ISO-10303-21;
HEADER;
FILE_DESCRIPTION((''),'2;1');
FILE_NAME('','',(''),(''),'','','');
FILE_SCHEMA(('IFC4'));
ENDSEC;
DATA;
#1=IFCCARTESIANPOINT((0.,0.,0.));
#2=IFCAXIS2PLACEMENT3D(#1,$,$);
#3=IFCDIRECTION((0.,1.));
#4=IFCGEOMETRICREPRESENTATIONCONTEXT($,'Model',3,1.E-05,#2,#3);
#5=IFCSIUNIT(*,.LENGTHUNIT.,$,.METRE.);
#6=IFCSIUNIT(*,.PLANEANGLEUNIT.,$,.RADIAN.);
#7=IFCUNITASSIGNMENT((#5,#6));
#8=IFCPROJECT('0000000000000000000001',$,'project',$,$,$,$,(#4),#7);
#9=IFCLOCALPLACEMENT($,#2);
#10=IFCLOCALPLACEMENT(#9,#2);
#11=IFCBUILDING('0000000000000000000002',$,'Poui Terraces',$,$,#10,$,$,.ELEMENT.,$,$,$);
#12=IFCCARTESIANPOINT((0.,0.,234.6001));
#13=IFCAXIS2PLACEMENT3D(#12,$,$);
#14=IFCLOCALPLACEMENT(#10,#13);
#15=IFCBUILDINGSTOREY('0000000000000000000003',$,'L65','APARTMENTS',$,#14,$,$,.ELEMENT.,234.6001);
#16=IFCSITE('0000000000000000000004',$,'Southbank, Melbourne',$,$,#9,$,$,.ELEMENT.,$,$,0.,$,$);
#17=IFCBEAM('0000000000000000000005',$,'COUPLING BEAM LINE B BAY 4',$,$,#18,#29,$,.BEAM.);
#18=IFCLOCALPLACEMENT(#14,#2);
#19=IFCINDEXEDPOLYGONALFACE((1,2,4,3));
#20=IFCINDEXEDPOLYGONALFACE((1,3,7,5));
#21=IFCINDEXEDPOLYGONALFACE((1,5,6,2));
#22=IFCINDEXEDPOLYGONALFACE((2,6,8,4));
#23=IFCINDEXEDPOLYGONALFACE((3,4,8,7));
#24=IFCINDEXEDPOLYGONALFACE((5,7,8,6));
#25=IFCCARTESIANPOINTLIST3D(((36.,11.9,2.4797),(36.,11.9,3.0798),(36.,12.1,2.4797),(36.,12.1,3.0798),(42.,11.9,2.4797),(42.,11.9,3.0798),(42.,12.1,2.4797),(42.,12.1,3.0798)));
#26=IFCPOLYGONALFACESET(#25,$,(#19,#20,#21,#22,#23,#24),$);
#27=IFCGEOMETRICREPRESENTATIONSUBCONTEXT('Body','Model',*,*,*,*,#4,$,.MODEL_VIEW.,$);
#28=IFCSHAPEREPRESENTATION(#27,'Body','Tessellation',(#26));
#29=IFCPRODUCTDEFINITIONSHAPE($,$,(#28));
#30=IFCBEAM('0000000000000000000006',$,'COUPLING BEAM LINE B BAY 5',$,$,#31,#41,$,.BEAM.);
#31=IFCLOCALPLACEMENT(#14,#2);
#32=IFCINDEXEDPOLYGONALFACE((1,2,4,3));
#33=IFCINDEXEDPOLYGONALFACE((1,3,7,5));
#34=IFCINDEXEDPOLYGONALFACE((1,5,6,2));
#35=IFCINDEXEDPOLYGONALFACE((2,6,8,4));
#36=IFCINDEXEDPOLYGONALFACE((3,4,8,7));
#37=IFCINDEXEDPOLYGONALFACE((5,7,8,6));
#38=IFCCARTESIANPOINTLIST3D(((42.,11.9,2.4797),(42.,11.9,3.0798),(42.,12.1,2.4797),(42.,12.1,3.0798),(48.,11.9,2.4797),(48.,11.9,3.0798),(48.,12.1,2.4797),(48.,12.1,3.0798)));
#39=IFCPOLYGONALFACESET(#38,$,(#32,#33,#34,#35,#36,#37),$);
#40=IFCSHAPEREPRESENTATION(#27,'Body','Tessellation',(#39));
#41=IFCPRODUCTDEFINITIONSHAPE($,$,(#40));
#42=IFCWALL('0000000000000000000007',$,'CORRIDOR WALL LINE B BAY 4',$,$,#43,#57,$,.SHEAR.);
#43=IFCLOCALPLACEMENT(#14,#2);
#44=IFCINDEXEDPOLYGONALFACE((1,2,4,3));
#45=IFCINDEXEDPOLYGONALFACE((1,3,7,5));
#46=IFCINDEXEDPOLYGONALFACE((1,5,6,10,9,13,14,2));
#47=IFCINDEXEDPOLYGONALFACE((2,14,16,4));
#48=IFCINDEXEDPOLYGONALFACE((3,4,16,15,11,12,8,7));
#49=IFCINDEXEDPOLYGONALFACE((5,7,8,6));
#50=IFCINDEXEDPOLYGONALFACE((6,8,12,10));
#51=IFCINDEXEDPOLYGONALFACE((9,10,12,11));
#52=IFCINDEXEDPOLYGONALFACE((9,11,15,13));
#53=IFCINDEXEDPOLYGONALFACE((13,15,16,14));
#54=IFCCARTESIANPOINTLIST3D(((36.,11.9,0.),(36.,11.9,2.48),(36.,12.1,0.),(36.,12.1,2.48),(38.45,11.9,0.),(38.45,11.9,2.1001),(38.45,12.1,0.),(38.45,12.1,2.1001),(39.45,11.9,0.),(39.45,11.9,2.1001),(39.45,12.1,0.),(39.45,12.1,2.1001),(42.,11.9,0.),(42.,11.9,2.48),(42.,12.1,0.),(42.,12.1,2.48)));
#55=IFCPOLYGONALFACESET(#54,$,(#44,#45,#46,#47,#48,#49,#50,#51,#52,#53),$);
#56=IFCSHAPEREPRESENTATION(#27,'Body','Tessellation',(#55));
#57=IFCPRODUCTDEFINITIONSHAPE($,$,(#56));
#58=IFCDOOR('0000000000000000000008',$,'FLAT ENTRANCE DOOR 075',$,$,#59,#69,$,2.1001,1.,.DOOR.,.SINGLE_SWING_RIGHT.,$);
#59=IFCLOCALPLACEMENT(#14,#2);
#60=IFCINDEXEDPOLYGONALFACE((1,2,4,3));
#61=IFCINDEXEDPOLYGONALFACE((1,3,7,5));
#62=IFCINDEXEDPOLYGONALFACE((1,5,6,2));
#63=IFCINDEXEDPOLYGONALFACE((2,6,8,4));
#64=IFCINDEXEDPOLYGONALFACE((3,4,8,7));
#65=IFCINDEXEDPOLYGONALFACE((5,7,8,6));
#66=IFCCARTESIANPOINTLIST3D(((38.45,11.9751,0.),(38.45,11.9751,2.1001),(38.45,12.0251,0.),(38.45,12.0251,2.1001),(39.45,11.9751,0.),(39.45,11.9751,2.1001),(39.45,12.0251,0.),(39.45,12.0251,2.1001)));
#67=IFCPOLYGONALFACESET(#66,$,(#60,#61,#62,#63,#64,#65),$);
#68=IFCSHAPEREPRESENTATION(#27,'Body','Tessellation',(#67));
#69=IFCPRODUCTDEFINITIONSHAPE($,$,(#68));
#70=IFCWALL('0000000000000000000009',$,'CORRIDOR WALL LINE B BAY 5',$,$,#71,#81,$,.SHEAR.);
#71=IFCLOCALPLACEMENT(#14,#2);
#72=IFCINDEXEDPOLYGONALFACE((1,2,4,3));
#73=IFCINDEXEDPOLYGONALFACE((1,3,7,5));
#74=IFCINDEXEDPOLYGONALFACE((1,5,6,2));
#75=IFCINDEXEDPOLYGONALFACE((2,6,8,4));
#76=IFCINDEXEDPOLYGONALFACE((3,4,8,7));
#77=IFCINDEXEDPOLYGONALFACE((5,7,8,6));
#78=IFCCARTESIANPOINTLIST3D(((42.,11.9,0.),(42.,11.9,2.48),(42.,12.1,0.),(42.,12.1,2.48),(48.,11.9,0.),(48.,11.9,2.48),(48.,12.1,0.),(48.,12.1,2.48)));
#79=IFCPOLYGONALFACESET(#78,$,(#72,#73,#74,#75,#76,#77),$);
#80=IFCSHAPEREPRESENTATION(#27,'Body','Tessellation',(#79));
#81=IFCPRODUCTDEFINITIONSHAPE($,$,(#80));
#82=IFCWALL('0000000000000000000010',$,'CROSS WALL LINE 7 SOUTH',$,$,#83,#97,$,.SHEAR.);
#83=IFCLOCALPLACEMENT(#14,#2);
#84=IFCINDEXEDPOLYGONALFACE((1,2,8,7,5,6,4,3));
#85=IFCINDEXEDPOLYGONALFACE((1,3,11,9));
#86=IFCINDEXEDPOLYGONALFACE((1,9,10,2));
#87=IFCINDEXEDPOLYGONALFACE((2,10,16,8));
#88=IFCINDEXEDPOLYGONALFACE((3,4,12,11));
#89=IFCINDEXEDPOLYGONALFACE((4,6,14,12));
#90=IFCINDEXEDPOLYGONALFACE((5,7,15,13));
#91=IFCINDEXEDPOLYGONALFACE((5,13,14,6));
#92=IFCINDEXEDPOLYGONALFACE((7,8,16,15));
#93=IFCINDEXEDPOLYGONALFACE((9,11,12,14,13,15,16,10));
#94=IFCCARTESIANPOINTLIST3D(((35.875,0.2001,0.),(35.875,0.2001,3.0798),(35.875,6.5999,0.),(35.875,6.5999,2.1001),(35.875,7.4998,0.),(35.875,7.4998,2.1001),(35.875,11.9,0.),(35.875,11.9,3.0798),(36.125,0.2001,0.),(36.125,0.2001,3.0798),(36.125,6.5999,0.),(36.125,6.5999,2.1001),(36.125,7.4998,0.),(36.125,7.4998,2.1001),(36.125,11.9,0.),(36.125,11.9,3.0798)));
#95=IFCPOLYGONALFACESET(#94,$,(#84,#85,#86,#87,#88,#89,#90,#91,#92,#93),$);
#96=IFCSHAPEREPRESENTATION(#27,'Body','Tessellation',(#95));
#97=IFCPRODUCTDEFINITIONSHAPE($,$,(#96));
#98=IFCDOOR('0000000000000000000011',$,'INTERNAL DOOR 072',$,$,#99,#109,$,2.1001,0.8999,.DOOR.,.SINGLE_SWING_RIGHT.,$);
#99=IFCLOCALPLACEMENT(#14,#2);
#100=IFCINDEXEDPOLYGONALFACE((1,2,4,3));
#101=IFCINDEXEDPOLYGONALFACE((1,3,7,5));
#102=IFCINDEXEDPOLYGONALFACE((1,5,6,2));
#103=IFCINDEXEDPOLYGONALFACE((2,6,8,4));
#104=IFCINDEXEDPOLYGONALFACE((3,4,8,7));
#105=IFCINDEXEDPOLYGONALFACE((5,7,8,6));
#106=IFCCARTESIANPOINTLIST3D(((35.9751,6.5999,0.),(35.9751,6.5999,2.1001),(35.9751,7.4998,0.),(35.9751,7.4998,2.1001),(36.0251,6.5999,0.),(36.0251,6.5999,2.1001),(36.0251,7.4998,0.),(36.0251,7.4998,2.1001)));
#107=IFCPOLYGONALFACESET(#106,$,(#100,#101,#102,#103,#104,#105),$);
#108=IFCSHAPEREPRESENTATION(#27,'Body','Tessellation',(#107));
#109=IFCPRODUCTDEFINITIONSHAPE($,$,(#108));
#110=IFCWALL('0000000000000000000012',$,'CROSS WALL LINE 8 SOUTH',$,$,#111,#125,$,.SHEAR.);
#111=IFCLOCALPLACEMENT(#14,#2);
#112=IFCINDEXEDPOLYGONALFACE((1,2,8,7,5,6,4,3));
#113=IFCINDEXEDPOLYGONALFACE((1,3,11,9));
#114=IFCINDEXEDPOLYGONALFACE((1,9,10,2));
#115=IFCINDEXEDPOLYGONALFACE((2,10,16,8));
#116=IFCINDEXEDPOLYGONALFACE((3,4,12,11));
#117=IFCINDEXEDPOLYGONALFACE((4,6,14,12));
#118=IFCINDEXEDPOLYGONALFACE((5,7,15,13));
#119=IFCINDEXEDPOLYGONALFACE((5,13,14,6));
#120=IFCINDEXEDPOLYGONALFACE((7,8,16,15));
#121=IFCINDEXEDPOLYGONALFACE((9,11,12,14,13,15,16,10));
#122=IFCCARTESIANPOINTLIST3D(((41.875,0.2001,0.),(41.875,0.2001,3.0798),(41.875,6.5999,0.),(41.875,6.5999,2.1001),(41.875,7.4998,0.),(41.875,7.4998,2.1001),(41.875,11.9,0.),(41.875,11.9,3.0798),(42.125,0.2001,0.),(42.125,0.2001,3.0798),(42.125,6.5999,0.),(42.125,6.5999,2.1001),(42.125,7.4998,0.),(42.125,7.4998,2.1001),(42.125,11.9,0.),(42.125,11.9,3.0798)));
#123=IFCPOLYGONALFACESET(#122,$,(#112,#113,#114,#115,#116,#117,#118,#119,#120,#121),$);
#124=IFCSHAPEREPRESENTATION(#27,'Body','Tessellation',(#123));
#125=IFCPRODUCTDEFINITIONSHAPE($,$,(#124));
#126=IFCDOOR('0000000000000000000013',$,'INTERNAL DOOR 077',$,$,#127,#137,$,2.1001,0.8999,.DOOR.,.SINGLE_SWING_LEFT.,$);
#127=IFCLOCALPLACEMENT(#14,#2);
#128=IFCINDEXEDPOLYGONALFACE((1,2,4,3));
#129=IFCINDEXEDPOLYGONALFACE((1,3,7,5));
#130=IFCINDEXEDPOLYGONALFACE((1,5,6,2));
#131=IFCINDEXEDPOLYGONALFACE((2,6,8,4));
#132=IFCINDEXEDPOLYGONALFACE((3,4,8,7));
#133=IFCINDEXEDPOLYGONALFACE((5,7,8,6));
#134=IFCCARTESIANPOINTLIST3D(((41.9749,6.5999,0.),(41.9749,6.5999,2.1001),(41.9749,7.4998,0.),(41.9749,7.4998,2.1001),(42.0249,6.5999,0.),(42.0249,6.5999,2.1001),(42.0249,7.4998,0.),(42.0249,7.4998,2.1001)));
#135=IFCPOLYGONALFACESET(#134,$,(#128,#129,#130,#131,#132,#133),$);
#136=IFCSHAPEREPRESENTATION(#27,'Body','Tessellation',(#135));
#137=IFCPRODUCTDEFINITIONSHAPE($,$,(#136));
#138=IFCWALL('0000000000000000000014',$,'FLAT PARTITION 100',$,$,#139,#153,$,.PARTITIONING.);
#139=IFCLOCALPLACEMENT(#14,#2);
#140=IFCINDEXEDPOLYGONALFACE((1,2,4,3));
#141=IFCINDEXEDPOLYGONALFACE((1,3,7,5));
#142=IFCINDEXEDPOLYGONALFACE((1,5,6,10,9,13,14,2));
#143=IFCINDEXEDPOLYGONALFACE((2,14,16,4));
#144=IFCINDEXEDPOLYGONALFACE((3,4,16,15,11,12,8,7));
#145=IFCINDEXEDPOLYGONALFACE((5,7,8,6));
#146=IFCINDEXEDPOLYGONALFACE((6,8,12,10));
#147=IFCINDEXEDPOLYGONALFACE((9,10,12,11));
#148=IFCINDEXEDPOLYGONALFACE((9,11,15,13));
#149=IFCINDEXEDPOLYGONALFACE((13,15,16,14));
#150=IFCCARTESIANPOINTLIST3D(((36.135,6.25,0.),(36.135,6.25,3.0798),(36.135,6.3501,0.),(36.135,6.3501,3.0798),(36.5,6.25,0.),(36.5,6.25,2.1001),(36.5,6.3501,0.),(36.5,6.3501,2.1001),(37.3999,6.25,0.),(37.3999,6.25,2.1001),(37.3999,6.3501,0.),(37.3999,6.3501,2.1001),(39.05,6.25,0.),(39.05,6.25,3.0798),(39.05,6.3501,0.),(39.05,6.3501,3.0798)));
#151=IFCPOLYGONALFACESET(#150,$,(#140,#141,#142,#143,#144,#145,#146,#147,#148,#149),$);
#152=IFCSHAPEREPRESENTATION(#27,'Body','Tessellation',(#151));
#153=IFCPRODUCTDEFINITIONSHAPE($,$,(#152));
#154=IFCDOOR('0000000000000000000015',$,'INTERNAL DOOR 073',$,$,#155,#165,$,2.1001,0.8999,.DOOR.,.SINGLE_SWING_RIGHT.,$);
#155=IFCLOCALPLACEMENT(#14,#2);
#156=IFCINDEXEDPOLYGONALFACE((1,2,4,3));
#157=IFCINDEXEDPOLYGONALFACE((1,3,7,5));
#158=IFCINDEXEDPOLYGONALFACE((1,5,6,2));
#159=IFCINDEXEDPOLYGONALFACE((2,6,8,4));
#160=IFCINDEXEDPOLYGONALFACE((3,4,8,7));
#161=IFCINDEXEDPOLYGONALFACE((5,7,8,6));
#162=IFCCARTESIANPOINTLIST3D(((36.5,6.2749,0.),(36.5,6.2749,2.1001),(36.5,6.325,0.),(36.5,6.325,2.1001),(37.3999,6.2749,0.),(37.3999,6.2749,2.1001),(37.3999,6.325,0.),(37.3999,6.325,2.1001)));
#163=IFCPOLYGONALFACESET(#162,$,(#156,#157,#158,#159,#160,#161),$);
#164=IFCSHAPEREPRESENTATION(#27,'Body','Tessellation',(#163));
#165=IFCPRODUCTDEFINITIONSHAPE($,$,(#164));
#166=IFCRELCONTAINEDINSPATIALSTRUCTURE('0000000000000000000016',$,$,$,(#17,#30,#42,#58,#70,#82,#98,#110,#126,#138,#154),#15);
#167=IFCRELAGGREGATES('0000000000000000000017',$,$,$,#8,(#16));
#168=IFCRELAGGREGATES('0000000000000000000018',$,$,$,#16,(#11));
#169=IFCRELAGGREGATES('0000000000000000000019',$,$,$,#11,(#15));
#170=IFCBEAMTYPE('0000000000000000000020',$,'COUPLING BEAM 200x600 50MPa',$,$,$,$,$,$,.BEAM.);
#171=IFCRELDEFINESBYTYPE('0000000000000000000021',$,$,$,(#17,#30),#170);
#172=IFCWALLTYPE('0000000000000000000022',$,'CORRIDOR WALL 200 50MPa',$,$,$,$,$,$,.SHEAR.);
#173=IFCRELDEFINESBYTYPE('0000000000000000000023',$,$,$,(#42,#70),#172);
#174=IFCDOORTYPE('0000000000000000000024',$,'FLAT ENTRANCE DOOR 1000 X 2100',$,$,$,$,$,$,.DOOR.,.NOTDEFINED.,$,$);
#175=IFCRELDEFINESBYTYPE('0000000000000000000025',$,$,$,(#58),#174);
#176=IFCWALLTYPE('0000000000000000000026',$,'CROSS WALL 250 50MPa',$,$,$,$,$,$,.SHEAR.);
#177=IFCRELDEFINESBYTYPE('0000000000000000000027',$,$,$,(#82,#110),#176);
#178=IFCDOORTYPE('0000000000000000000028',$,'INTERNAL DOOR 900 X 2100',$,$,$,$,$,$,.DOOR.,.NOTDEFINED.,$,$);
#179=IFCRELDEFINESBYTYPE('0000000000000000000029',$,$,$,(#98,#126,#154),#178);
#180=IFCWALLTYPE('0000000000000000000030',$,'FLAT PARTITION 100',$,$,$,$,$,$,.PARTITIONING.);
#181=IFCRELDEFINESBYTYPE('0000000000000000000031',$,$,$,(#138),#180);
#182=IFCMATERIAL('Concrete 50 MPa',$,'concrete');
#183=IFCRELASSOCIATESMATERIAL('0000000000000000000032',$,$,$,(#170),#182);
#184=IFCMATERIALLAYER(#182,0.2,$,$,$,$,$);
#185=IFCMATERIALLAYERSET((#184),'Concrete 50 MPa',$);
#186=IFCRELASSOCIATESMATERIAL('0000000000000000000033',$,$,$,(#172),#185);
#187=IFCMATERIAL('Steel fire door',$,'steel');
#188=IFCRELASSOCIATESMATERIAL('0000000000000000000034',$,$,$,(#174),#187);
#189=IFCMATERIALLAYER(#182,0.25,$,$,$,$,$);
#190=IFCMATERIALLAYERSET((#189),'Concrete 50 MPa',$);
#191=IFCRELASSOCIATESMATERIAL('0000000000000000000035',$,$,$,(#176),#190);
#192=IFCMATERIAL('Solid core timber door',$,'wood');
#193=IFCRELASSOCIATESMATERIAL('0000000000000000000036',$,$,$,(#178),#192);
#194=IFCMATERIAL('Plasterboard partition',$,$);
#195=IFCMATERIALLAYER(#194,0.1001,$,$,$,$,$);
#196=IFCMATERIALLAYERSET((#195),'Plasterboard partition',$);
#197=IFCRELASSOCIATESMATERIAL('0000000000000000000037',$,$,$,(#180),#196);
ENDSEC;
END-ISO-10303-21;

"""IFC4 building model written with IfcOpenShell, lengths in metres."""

from ifc_helpers import new_model, si_unit, direction, frame, frame_2d, origin, origin_2d, place, context, subcontext, project, spatial, rectangle, extrude, source, transform, mapped, material, layer, layer_set, material_profile, profile_set, type_object, element, fill, save


model = new_model("IFC4")

# Units and contexts
model_context = context("Model", 3, precision=1e-05, world=origin(), true_north=direction((0.0, 1.0)))
body_context = subcontext(model_context, "Body", "Model", "MODEL_VIEW")
ifc_project = project(units=[si_unit("LENGTHUNIT", "METRE"), si_unit("PLANEANGLEUNIT", "RADIAN")], contexts=[model_context])

# Site, building, storey
site_placement = place(None, origin())
site = spatial("IfcSite", under=ifc_project, at=site_placement, Name="Southbank, Melbourne", CompositionType="ELEMENT", RefElevation=0.0)
building_placement = place(site_placement, origin())
building = spatial("IfcBuilding", under=site, at=building_placement, Name="Poui Terraces", CompositionType="ELEMENT")
storey_placement = place(building_placement, frame((0.0, 0.0, 234.6001)))
storey = spatial("IfcBuildingStorey", under=building, at=storey_placement, Name="L65", Description="APARTMENTS", CompositionType="ELEMENT", Elevation=234.6001)

# Beams
ifc_material_1 = material(Name="Concrete 50 MPa", Category="concrete")
ifc_material_profile_1 = material_profile(ifc_material_1, rectangle(XDim=0.2, YDim=0.6001, at=origin_2d()), Name="RC 200x600")
ifc_profile_set_1 = profile_set([ifc_material_profile_1], Name="Concrete 50 MPa")
beam_type = type_object("IfcBeamType", Name="COUPLING BEAM 200x600 50MPa", PredefinedType="BEAM", material=ifc_profile_set_1)
shared_shape_1 = source(origin(), body_context, "Body", "SweptSolid", [
    extrude(rectangle(XDim=0.2, YDim=0.6001, at=origin_2d()), origin(), (0.0, 0.0, 1.0), 6.0),
])
for number, where, z_axis, x_axis, name in (
    (1, (36.0, 12.0, 2.7798), (1.0, 0.0, 0.0), (0.0, 1.0, 0.0), "COUPLING BEAM LINE B BAY 4"),
    (2, (42.0, 12.0, 2.7798), (1.0, 0.0, 0.0), (0.0, 1.0, 0.0), "COUPLING BEAM LINE B BAY 5"),
):
    element("IfcBeam", number, at=place(storey_placement, frame(where, z_axis=z_axis, x_axis=x_axis)), inside=storey, type_object=beam_type, Name=name, PredefinedType="BEAM", context=body_context, shape_type="MappedRepresentation", body=[
        mapped(shared_shape_1, transform((0.0, 0.0, 0.0))),
    ])

# Wall, opening, door
ifc_layer_1 = layer(ifc_material_1, 0.2)
ifc_layer_set_1 = layer_set([ifc_layer_1], Name="Concrete 50 MPa")
wall_type_1 = type_object("IfcWallType", Name="CORRIDOR WALL 200 50MPa", PredefinedType="SHEAR", material=ifc_layer_set_1)
wall_1_placement = place(storey_placement, frame((36.0, 12.0, 0.0), z_axis=(0.0, 0.0, 1.0), x_axis=(1.0, 0.0, 0.0)))
wall_1 = element("IfcWall", 3, at=wall_1_placement, inside=storey, type_object=wall_type_1, Name="CORRIDOR WALL LINE B BAY 4", PredefinedType="SHEAR", context=body_context, shape_type="SweptSolid", body=[
    extrude(rectangle(XDim=6.0, YDim=0.2, at=frame_2d((3.0, 0.0))), origin(), (0.0, 0.0, 1.0), 2.48),
])
opening_1_placement = place(wall_1_placement, frame((2.45, 0.0, 0.0)))
opening_1 = element("IfcOpeningElement", 4, at=opening_1_placement, cuts=wall_1, PredefinedType="OPENING", context=body_context, shape_type="SweptSolid", body=[
    extrude(rectangle(XDim=1.0, YDim=2.1001, at=frame_2d((0.5, 1.05))), frame((0.0, 0.1099, 0.0), z_axis=(0.0, -1.0, 0.0), x_axis=(1.0, 0.0, 0.0)), (0.0, 0.0, 1.0), 0.22),
])
ifc_material_2 = material(Name="Steel fire door", Category="steel")
door_type_1 = type_object("IfcDoorType", Name="FLAT ENTRANCE DOOR 1000 X 2100", OperationType="NOTDEFINED", PredefinedType="DOOR", material=ifc_material_2)
door_1_placement = place(opening_1_placement, frame((1.0, 0.0, 0.0), z_axis=(0.0, 0.0, 1.0), x_axis=(-1.0, 0.0, 0.0)))
door_1 = element("IfcDoor", 5, at=door_1_placement, inside=storey, type_object=door_type_1, Name="FLAT ENTRANCE DOOR 075", OperationType="SINGLE_SWING_RIGHT", OverallHeight=2.1001, OverallWidth=1.0, PredefinedType="DOOR", context=body_context, shape_type="SweptSolid", body=[
    extrude(rectangle(XDim=1.0, YDim=2.1001, at=frame_2d((0.5, 1.05))), frame((0.0, 0.0249, 0.0), z_axis=(0.0, -1.0, 0.0), x_axis=(1.0, 0.0, 0.0)), (0.0, 0.0, 1.0), 0.05),
])
fill(opening_1, door_1)

# Wall
wall_2_placement = place(storey_placement, frame((42.0, 12.0, 0.0), z_axis=(0.0, 0.0, 1.0), x_axis=(1.0, 0.0, 0.0)))
element("IfcWall", 6, at=wall_2_placement, inside=storey, type_object=wall_type_1, Name="CORRIDOR WALL LINE B BAY 5", PredefinedType="SHEAR", context=body_context, shape_type="SweptSolid", body=[
    extrude(rectangle(XDim=6.0, YDim=0.2, at=frame_2d((3.0, 0.0))), origin(), (0.0, 0.0, 1.0), 2.48),
])

# Walls, openings, doors
ifc_layer_2 = layer(ifc_material_1, 0.25)
ifc_layer_set_2 = layer_set([ifc_layer_2], Name="Concrete 50 MPa")
wall_type_2 = type_object("IfcWallType", Name="CROSS WALL 250 50MPa", PredefinedType="SHEAR", material=ifc_layer_set_2)
wall_3_placement = place(storey_placement, frame((36.0, 0.2, 0.0), z_axis=(0.0, 0.0, 1.0), x_axis=(0.0, 1.0, 0.0)))
wall_3 = element("IfcWall", 7, at=wall_3_placement, inside=storey, type_object=wall_type_2, Name="CROSS WALL LINE 7 SOUTH", PredefinedType="SHEAR", context=body_context, shape_type="SweptSolid", body=[
    extrude(rectangle(XDim=11.7, YDim=0.25, at=frame_2d((5.8501, 0.0))), origin(), (0.0, 0.0, 1.0), 3.0798),
])
opening_2_placement = place(wall_3_placement, frame((6.3999, 0.0, 0.0)))
opening_2 = element("IfcOpeningElement", 8, at=opening_2_placement, cuts=wall_3, PredefinedType="OPENING", context=body_context, shape_type="SweptSolid", body=[
    extrude(rectangle(XDim=0.8999, YDim=2.1001, at=frame_2d((0.45, 1.05))), frame((0.0, 0.135, 0.0), z_axis=(0.0, -1.0, 0.0), x_axis=(1.0, 0.0, 0.0)), (0.0, 0.0, 1.0), 0.27),
])
ifc_material_3 = material(Name="Solid core timber door", Category="wood")
door_type_2 = type_object("IfcDoorType", Name="INTERNAL DOOR 900 X 2100", OperationType="NOTDEFINED", PredefinedType="DOOR", material=ifc_material_3)
door_2_placement = place(opening_2_placement, origin())
door_2 = element("IfcDoor", 9, at=door_2_placement, inside=storey, type_object=door_type_2, Name="INTERNAL DOOR 072", OperationType="SINGLE_SWING_RIGHT", OverallHeight=2.1001, OverallWidth=0.8999, PredefinedType="DOOR", context=body_context, shape_type="SweptSolid", body=[
    extrude(rectangle(XDim=0.8999, YDim=2.1001, at=frame_2d((0.45, 1.05))), frame((0.0, 0.0249, 0.0), z_axis=(0.0, -1.0, 0.0), x_axis=(1.0, 0.0, 0.0)), (0.0, 0.0, 1.0), 0.05),
])
fill(opening_2, door_2)
wall_4_placement = place(storey_placement, frame((42.0, 0.2, 0.0), z_axis=(0.0, 0.0, 1.0), x_axis=(0.0, 1.0, 0.0)))
wall_4 = element("IfcWall", 10, at=wall_4_placement, inside=storey, type_object=wall_type_2, Name="CROSS WALL LINE 8 SOUTH", PredefinedType="SHEAR", context=body_context, shape_type="SweptSolid", body=[
    extrude(rectangle(XDim=11.7, YDim=0.25, at=frame_2d((5.8501, 0.0))), origin(), (0.0, 0.0, 1.0), 3.0798),
])
opening_3_placement = place(wall_4_placement, frame((6.3999, 0.0, 0.0)))
opening_3 = element("IfcOpeningElement", 11, at=opening_3_placement, cuts=wall_4, PredefinedType="OPENING", context=body_context, shape_type="SweptSolid", body=[
    extrude(rectangle(XDim=0.8999, YDim=2.1001, at=frame_2d((0.45, 1.05))), frame((0.0, 0.135, 0.0), z_axis=(0.0, -1.0, 0.0), x_axis=(1.0, 0.0, 0.0)), (0.0, 0.0, 1.0), 0.27),
])
door_3_placement = place(opening_3_placement, frame((0.8999, 0.0, 0.0), z_axis=(0.0, 0.0, 1.0), x_axis=(-1.0, 0.0, 0.0)))
door_3 = element("IfcDoor", 12, at=door_3_placement, inside=storey, type_object=door_type_2, Name="INTERNAL DOOR 077", OperationType="SINGLE_SWING_LEFT", OverallHeight=2.1001, OverallWidth=0.8999, PredefinedType="DOOR", context=body_context, shape_type="SweptSolid", body=[
    extrude(rectangle(XDim=0.8999, YDim=2.1001, at=frame_2d((0.45, 1.05))), frame((0.0, 0.0249, 0.0), z_axis=(0.0, -1.0, 0.0), x_axis=(1.0, 0.0, 0.0)), (0.0, 0.0, 1.0), 0.05),
])
fill(opening_3, door_3)
ifc_material_4 = material(Name="Plasterboard partition")
ifc_layer_3 = layer(ifc_material_4, 0.1001)
ifc_layer_set_3 = layer_set([ifc_layer_3], Name="Plasterboard partition")
wall_type_3 = type_object("IfcWallType", Name="FLAT PARTITION 100", PredefinedType="PARTITIONING", material=ifc_layer_set_3)
wall_5_placement = place(storey_placement, frame((36.135, 6.3, 0.0), z_axis=(0.0, 0.0, 1.0), x_axis=(1.0, 0.0, 0.0)))
wall_5 = element("IfcWall", 13, at=wall_5_placement, inside=storey, type_object=wall_type_3, Name="FLAT PARTITION 100", PredefinedType="PARTITIONING", context=body_context, shape_type="SweptSolid", body=[
    extrude(rectangle(XDim=2.915, YDim=0.1001, at=frame_2d((1.4575, 0.0))), origin(), (0.0, 0.0, 1.0), 3.0798),
])
opening_4_placement = place(wall_5_placement, frame((0.365, 0.0, 0.0)))
opening_4 = element("IfcOpeningElement", 14, at=opening_4_placement, cuts=wall_5, PredefinedType="OPENING", context=body_context, shape_type="SweptSolid", body=[
    extrude(rectangle(XDim=0.8999, YDim=2.1001, at=frame_2d((0.45, 1.05))), frame((0.0, 0.0601, 0.0), z_axis=(0.0, -1.0, 0.0), x_axis=(1.0, 0.0, 0.0)), (0.0, 0.0, 1.0), 0.1201),
])
door_4_placement = place(opening_4_placement, origin())
door_4 = element("IfcDoor", 15, at=door_4_placement, inside=storey, type_object=door_type_2, Name="INTERNAL DOOR 073", OperationType="SINGLE_SWING_RIGHT", OverallHeight=2.1001, OverallWidth=0.8999, PredefinedType="DOOR", context=body_context, shape_type="SweptSolid", body=[
    extrude(rectangle(XDim=0.8999, YDim=2.1001, at=frame_2d((0.45, 1.05))), frame((0.0, 0.0249, 0.0), z_axis=(0.0, -1.0, 0.0), x_axis=(1.0, 0.0, 0.0)), (0.0, 0.0, 1.0), 0.05),
])
fill(opening_4, door_4)

save(model, "model.ifc")
